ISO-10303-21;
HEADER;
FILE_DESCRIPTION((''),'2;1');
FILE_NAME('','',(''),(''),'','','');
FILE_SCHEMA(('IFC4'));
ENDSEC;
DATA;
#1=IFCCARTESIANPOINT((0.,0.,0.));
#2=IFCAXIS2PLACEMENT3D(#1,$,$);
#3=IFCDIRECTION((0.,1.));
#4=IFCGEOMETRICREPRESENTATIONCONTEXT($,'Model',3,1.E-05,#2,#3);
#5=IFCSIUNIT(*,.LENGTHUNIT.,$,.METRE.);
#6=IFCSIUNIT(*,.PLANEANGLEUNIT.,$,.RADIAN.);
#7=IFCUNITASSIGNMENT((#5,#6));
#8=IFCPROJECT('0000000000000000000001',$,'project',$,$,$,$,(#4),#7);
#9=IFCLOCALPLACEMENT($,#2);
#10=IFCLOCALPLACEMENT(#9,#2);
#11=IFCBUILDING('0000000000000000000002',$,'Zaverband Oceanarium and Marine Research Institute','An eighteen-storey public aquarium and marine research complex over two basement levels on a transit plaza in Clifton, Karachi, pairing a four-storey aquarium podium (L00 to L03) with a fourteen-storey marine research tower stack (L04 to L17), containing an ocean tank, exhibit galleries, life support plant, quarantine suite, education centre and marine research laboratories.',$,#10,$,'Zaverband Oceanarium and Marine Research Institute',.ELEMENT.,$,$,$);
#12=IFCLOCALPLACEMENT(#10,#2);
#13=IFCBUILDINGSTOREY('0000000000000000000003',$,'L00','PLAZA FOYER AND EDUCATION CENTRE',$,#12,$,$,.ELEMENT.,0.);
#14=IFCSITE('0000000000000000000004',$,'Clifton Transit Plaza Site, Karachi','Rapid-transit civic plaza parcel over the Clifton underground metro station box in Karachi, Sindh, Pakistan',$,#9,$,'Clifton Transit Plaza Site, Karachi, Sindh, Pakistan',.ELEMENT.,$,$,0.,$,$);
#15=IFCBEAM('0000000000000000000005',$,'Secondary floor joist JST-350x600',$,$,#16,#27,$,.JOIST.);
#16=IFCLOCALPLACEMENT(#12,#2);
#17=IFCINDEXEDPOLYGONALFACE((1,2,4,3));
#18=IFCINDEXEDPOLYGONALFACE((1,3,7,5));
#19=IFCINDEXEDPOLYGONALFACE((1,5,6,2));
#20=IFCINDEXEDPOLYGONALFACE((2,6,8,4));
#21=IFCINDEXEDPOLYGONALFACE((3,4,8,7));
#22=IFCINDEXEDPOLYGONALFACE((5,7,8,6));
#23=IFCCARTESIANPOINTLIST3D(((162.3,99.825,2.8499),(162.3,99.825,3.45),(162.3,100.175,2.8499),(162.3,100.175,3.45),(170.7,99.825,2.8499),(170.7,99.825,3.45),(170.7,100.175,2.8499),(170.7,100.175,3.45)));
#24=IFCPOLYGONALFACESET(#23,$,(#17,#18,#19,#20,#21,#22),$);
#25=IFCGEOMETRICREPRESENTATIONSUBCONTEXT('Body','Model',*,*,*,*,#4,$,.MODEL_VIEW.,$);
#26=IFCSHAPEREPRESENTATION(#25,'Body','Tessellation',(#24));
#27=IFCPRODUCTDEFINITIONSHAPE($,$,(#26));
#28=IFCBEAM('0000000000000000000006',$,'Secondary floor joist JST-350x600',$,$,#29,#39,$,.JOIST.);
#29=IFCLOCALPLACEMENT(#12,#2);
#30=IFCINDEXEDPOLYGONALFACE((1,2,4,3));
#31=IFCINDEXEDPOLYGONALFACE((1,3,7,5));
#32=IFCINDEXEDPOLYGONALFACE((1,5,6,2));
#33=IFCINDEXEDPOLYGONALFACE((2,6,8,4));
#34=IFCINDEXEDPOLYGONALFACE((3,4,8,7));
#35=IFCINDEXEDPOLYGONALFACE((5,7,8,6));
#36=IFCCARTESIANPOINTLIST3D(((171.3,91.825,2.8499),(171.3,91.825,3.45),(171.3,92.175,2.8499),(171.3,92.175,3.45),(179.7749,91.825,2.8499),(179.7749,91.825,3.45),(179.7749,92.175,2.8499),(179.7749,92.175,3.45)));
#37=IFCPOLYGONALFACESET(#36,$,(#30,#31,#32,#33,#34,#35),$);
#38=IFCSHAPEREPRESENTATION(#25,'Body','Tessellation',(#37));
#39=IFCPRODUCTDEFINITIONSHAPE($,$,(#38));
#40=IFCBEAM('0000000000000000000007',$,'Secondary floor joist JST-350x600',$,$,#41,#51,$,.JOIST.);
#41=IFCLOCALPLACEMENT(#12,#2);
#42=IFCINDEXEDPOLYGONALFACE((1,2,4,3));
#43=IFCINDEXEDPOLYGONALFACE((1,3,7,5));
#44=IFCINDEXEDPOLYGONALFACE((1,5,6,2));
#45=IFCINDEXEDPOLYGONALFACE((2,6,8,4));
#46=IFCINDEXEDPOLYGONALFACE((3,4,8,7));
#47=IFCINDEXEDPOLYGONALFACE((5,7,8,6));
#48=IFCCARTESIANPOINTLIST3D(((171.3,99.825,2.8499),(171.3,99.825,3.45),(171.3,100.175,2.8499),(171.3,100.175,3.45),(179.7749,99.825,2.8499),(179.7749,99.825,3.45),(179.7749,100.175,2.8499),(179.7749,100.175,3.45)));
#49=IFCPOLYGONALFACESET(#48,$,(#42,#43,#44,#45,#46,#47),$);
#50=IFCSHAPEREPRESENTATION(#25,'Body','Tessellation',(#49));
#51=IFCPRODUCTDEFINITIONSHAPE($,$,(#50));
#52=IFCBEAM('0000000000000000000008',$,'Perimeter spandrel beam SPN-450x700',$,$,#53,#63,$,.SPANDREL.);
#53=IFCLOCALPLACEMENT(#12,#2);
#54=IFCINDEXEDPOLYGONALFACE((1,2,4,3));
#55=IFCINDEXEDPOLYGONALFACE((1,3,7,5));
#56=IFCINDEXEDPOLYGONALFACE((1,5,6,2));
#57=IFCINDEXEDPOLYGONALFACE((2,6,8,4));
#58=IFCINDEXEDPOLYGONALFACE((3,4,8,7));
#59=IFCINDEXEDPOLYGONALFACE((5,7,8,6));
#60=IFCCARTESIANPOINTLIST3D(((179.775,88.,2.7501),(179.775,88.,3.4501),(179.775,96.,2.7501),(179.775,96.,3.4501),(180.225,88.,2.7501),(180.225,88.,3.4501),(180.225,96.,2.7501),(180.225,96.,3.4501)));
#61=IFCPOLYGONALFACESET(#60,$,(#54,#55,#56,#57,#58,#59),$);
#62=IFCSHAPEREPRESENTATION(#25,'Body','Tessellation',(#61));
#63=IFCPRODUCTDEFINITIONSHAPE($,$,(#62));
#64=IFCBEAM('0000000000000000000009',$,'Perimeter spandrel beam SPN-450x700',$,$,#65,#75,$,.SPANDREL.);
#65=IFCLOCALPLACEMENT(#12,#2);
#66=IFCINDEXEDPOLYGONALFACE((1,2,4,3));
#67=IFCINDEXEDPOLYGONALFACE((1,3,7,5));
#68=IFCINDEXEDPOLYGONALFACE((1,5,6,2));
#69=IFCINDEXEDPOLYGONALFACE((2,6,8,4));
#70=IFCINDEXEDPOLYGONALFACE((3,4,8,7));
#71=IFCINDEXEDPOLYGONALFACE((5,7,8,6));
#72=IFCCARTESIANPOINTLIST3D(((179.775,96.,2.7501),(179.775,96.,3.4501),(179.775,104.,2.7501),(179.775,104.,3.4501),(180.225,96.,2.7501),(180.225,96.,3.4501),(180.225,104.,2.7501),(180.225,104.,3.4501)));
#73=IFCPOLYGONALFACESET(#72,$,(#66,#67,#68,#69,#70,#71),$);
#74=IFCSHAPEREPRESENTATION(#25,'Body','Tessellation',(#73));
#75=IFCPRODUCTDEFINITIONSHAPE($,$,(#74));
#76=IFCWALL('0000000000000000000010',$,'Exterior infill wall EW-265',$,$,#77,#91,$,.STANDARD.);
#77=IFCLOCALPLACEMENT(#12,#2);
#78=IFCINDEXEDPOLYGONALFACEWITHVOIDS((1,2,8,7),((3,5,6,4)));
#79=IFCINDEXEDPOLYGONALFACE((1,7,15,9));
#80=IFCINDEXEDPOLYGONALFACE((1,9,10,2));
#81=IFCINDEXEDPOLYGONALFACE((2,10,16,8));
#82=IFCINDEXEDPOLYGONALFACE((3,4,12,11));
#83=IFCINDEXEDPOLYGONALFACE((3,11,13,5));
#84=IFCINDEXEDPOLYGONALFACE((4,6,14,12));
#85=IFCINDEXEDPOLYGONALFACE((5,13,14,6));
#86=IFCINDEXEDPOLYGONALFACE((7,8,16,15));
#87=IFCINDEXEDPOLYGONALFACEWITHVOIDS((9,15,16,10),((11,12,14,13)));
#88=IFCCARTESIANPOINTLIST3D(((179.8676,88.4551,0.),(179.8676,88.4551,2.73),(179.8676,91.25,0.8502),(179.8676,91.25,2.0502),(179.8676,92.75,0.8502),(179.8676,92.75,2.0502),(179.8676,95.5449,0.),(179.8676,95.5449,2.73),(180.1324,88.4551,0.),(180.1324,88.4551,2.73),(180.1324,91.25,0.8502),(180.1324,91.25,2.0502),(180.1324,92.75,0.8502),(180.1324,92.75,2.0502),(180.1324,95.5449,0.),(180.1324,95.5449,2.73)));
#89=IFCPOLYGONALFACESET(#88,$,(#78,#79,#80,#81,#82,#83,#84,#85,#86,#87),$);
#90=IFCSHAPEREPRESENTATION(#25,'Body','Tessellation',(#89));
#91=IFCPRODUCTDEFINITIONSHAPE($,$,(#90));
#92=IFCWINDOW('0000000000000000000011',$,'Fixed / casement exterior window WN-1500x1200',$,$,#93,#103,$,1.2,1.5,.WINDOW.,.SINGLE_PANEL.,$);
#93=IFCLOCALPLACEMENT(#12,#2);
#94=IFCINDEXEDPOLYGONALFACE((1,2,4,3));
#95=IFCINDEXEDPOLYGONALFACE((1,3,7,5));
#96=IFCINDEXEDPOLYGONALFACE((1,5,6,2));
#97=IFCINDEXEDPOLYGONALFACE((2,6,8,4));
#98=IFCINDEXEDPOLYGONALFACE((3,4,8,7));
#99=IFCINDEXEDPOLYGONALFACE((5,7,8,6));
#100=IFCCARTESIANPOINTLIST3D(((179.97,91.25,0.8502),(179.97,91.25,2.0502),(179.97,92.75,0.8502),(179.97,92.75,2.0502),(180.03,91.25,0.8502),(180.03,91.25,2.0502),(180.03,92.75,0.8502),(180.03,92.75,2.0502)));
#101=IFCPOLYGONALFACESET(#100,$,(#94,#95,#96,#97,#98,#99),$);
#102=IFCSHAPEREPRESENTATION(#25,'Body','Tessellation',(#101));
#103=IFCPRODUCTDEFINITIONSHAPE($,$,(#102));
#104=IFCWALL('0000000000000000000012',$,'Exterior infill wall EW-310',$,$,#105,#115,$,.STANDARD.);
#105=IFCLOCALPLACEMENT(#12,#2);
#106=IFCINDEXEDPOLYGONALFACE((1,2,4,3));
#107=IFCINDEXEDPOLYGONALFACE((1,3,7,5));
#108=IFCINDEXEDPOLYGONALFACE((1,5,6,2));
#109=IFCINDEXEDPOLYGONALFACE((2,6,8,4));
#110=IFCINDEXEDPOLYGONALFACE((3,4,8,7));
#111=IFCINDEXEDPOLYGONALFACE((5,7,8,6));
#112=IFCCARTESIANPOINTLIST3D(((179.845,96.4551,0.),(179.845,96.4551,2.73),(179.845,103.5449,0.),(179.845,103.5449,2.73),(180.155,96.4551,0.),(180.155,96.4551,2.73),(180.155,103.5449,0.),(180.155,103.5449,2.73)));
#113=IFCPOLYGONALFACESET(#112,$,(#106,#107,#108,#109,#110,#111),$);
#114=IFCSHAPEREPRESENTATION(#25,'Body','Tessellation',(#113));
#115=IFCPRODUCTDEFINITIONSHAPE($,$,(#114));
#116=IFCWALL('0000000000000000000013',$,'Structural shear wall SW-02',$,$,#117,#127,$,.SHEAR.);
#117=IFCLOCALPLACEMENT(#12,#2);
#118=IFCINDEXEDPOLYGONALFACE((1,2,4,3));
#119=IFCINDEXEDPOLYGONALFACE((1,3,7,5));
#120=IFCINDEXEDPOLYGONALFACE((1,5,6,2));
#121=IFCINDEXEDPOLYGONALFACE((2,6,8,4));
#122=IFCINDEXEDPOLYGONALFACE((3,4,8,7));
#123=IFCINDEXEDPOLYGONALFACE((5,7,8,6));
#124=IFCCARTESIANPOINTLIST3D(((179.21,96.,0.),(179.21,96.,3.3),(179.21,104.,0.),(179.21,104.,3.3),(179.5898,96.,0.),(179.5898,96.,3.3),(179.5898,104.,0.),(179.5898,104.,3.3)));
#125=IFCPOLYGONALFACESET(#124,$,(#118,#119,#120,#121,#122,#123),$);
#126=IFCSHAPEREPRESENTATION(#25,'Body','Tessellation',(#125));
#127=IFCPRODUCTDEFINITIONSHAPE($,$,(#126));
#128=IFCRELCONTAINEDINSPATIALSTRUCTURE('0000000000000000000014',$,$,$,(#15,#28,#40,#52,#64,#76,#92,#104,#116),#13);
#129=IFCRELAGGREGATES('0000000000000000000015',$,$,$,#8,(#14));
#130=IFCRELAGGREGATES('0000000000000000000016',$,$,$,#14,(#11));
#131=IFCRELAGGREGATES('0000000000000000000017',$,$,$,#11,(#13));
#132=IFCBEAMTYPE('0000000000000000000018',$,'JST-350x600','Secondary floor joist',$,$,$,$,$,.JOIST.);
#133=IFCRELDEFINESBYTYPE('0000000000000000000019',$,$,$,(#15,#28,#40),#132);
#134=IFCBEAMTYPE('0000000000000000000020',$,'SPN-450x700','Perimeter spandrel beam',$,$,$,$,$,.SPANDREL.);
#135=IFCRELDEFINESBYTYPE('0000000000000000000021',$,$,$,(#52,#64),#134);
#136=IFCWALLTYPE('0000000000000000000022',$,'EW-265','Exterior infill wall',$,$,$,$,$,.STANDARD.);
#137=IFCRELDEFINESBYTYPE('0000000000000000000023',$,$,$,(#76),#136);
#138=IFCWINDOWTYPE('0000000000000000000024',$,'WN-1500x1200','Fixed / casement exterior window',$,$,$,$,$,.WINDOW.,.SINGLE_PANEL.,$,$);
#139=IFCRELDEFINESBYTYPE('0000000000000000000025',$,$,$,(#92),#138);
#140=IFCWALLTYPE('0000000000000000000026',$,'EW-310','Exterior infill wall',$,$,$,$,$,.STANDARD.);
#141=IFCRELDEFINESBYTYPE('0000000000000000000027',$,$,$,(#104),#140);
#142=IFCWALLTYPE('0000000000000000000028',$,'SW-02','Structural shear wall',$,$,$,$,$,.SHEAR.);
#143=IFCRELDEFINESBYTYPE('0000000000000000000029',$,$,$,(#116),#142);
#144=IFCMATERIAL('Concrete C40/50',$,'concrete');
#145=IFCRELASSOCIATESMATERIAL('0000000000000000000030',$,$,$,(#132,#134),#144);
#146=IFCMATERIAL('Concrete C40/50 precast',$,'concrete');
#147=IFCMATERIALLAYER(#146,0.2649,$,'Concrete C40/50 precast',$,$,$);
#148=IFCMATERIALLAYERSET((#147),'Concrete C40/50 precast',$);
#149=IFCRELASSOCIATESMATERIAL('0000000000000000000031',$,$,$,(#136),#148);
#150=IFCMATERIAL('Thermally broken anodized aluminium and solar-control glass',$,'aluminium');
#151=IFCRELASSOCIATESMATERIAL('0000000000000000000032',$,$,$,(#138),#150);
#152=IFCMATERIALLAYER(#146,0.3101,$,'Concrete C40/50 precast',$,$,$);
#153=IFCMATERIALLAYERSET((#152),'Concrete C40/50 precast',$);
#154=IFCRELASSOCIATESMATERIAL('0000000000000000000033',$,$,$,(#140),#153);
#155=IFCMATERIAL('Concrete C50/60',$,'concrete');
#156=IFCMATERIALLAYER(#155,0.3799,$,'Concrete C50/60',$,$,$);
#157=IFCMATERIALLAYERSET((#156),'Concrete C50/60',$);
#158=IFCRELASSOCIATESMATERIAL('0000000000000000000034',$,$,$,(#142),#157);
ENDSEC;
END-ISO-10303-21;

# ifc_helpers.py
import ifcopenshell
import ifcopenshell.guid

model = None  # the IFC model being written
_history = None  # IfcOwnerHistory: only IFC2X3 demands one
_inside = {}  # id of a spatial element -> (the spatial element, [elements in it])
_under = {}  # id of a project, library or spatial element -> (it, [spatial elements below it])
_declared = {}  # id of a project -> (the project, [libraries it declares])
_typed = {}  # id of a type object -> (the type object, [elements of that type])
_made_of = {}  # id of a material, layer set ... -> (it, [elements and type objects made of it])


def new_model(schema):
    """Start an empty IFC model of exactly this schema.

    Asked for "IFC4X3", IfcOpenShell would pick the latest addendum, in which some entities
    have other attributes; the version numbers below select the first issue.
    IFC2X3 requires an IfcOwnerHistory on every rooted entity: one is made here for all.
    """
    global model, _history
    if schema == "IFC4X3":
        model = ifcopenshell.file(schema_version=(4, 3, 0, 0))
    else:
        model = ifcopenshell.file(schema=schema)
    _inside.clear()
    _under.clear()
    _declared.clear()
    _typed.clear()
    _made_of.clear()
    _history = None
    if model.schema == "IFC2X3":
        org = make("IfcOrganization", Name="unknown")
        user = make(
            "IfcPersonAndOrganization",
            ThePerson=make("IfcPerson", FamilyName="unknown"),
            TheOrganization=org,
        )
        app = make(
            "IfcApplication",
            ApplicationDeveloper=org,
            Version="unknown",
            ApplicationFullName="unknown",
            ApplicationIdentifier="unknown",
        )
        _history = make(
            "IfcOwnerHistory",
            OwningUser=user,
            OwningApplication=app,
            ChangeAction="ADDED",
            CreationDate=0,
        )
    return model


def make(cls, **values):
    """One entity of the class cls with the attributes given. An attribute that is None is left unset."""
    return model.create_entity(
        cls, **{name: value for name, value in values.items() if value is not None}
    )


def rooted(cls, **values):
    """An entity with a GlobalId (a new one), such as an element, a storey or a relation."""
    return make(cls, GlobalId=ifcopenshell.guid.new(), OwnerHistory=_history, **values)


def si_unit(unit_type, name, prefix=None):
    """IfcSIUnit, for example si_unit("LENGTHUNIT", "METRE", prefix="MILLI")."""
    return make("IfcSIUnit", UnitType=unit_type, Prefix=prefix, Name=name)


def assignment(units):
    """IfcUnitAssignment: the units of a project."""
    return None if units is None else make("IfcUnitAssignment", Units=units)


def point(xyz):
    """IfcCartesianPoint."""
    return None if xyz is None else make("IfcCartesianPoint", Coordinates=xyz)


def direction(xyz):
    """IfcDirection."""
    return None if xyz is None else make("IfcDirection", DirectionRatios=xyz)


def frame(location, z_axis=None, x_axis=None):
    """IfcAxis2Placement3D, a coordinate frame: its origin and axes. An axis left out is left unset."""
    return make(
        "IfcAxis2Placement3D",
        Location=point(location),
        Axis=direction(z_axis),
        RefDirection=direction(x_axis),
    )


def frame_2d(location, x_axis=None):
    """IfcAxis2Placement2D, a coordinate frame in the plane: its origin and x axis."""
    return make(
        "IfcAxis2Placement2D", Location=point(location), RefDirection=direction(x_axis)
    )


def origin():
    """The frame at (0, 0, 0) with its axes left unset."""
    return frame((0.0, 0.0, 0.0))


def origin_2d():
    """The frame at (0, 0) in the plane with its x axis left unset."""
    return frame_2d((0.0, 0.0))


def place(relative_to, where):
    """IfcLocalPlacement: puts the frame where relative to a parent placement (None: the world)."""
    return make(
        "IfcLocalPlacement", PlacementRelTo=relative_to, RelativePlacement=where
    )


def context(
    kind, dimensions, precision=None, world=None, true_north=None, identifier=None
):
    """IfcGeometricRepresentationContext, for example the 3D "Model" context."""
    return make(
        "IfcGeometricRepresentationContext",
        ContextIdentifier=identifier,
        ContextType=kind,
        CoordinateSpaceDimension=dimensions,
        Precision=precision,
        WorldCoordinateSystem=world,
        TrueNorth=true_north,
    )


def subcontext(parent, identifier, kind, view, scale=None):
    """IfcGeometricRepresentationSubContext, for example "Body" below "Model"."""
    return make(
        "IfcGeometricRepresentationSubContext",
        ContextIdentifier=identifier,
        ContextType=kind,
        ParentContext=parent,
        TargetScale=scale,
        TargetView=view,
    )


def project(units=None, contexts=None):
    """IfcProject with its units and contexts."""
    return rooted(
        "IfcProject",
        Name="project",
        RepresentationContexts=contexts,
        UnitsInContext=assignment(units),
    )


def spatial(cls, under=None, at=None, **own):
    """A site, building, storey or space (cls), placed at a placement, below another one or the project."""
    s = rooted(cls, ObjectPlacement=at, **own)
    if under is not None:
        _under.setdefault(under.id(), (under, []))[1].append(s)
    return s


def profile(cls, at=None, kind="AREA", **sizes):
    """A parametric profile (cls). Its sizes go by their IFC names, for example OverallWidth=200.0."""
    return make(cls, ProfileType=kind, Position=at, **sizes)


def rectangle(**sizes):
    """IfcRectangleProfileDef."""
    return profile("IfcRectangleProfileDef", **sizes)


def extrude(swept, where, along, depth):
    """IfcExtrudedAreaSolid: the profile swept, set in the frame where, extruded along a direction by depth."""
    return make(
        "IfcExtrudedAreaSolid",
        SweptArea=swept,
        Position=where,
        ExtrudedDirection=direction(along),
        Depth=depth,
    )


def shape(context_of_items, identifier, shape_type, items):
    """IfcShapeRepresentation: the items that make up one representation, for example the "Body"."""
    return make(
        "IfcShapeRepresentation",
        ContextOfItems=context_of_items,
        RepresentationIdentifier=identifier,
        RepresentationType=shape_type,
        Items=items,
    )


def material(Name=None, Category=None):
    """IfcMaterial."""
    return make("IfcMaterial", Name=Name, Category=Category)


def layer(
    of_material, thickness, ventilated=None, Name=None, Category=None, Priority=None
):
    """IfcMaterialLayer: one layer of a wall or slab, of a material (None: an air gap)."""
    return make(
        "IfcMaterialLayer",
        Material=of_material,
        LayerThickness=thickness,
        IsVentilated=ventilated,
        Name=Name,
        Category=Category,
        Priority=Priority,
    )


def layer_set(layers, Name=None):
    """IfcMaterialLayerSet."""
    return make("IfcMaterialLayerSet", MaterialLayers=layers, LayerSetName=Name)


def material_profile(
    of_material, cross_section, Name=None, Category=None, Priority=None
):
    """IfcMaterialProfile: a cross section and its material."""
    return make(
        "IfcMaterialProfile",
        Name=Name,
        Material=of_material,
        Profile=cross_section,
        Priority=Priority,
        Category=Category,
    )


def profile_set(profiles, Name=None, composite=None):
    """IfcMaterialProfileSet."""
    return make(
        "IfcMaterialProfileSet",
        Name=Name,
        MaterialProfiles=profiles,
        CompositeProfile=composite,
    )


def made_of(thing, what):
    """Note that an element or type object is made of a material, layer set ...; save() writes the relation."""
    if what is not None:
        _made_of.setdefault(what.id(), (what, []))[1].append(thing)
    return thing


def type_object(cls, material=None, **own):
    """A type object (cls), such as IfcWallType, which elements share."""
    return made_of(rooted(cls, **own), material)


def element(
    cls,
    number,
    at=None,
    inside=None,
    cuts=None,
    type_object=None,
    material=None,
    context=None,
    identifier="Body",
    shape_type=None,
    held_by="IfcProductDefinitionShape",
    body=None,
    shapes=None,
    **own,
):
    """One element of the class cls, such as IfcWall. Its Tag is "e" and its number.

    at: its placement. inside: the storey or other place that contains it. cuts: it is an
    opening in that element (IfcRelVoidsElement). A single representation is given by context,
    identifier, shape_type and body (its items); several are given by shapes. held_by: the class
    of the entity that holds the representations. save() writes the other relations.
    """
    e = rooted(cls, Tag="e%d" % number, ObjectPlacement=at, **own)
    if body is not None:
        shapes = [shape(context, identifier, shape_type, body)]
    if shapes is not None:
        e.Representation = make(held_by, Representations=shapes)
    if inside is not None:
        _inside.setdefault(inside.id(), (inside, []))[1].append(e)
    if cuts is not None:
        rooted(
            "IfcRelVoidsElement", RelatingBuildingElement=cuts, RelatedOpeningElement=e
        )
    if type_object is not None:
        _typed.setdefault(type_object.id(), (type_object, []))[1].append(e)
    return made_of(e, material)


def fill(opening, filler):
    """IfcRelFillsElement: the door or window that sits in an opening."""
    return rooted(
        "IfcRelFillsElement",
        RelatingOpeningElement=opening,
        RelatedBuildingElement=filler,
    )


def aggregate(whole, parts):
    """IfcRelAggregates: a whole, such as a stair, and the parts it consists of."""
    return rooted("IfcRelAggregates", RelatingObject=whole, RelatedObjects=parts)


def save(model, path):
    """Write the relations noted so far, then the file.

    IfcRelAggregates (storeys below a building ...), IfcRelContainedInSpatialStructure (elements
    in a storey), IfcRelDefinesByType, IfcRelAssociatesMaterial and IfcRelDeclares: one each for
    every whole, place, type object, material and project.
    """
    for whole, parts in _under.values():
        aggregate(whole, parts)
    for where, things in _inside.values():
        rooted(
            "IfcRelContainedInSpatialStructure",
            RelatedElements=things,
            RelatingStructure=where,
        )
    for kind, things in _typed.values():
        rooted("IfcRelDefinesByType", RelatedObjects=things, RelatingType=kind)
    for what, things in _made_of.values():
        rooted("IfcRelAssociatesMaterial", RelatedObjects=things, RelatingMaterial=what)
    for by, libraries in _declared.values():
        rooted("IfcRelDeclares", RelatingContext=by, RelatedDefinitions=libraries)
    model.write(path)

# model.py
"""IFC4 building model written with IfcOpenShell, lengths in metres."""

from ifc_helpers import new_model, si_unit, direction, frame, frame_2d, origin, origin_2d, place, context, subcontext, project, spatial, rectangle, extrude, material, layer, layer_set, material_profile, profile_set, type_object, element, fill, save


model = new_model("IFC4")

# Units and contexts
model_context = context("Model", 3, precision=1e-05, world=origin(), true_north=direction((0.0, 1.0)))
body_context = subcontext(model_context, "Body", "Model", "MODEL_VIEW")
ifc_project = project(units=[si_unit("LENGTHUNIT", "METRE"), si_unit("PLANEANGLEUNIT", "RADIAN")], contexts=[model_context])

# Site, building, storey
site_placement = place(None, origin())
site = spatial("IfcSite", under=ifc_project, at=site_placement, Name="Clifton Transit Plaza Site, Karachi", Description="Rapid-transit civic plaza parcel over the Clifton underground metro station box in Karachi, Sindh, Pakistan", LongName="Clifton Transit Plaza Site, Karachi, Sindh, Pakistan", CompositionType="ELEMENT", RefElevation=0.0)
building_placement = place(site_placement, origin())
building = spatial("IfcBuilding", under=site, at=building_placement, Name="Zaverband Oceanarium and Marine Research Institute", Description="An eighteen-storey public aquarium and marine research complex over two basement levels on a transit plaza in Clifton, Karachi, pairing a four-storey aquarium podium (L00 to L03) with a fourteen-storey marine research tower stack (L04 to L17), containing an ocean tank, exhibit galleries, life support plant, quarantine suite, education centre and marine research laboratories.", LongName="Zaverband Oceanarium and Marine Research Institute", CompositionType="ELEMENT")
storey_placement = place(building_placement, origin())
storey = spatial("IfcBuildingStorey", under=building, at=storey_placement, Name="L00", Description="PLAZA FOYER AND EDUCATION CENTRE", CompositionType="ELEMENT", Elevation=0.0)

# Shared definitions
ifc_material_1 = material(Name="Concrete C50/60", Category="concrete")

# Beams
ifc_material_2 = material(Name="Concrete C40/50", Category="concrete")
ifc_material_profile_1 = material_profile(ifc_material_2, rectangle(XDim=0.3501, YDim=0.6001, at=origin_2d()), Name="RC350x600")
ifc_profile_set_1 = profile_set([ifc_material_profile_1], Name="Concrete C40/50")
beam_type_1 = type_object("IfcBeamType", Name="JST-350x600", Description="Secondary floor joist", PredefinedType="JOIST", material=ifc_profile_set_1)
for number, where, z_axis, x_axis, name in (
    (1, (162.3, 100.0, 3.1499), (1.0, 0.0, 0.0), (0.0, 1.0, 0.0), "Secondary floor joist JST-350x600"),
):
    element("IfcBeam", number, at=place(storey_placement, frame(where, z_axis=z_axis, x_axis=x_axis)), inside=storey, type_object=beam_type_1, Name=name, PredefinedType="JOIST", context=body_context, shape_type="SweptSolid", body=[
        extrude(rectangle(XDim=0.3501, YDim=0.6001, at=origin_2d()), origin(), (0.0, 0.0, 1.0), 8.3999),
    ])
for number, where, z_axis, x_axis, name in (
    (2, (171.3, 92.0, 3.1499), (1.0, 0.0, 0.0), (0.0, 1.0, 0.0), "Secondary floor joist JST-350x600"),
    (3, (171.3, 100.0, 3.1499), (1.0, 0.0, 0.0), (0.0, 1.0, 0.0), "Secondary floor joist JST-350x600"),
):
    element("IfcBeam", number, at=place(storey_placement, frame(where, z_axis=z_axis, x_axis=x_axis)), inside=storey, type_object=beam_type_1, Name=name, PredefinedType="JOIST", context=body_context, shape_type="SweptSolid", body=[
        extrude(rectangle(XDim=0.3501, YDim=0.6001, at=origin_2d()), origin(), (0.0, 0.0, 1.0), 8.4749),
    ])
ifc_material_profile_2 = material_profile(ifc_material_2, rectangle(XDim=0.45, YDim=0.7, at=origin_2d()), Name="RC450x700")
ifc_profile_set_2 = profile_set([ifc_material_profile_2], Name="Concrete C40/50")
beam_type_2 = type_object("IfcBeamType", Name="SPN-450x700", Description="Perimeter spandrel beam", PredefinedType="SPANDREL", material=ifc_profile_set_2)
for number, where, z_axis, x_axis, name in (
    (4, (180.0, 88.0, 3.1001), (0.0, 1.0, 0.0), (-1.0, 0.0, 0.0), "Perimeter spandrel beam SPN-450x700"),
    (5, (180.0, 96.0, 3.1001), (0.0, 1.0, 0.0), (-1.0, 0.0, 0.0), "Perimeter spandrel beam SPN-450x700"),
):
    element("IfcBeam", number, at=place(storey_placement, frame(where, z_axis=z_axis, x_axis=x_axis)), inside=storey, type_object=beam_type_2, Name=name, PredefinedType="SPANDREL", context=body_context, shape_type="SweptSolid", body=[
        extrude(rectangle(XDim=0.45, YDim=0.7, at=origin_2d()), origin(), (0.0, 0.0, 1.0), 8.0),
    ])

# Wall, opening, window
ifc_material_3 = material(Name="Concrete C40/50 precast", Category="concrete")
ifc_layer_1 = layer(ifc_material_3, 0.2649, Name="Concrete C40/50 precast")
ifc_layer_set_1 = layer_set([ifc_layer_1], Name="Concrete C40/50 precast")
wall_type_1 = type_object("IfcWallType", Name="EW-265", Description="Exterior infill wall", PredefinedType="STANDARD", material=ifc_layer_set_1)
wall_1_placement = place(storey_placement, frame((180.0, 88.4551, 0.0), z_axis=(0.0, 0.0, 1.0), x_axis=(0.0, 1.0, 0.0)))
wall_1 = element("IfcWall", 6, at=wall_1_placement, inside=storey, type_object=wall_type_1, Name="Exterior infill wall EW-265", PredefinedType="STANDARD", context=body_context, shape_type="SweptSolid", body=[
    extrude(rectangle(XDim=7.0898, YDim=0.2649, at=frame_2d((3.5449, 0.0))), origin(), (0.0, 0.0, 1.0), 2.73),
])
opening_placement = place(wall_1_placement, frame((2.7949, 0.0, 0.8501)))
opening = element("IfcOpeningElement", 7, at=opening_placement, cuts=wall_1, PredefinedType="OPENING", context=body_context, shape_type="SweptSolid", body=[
    extrude(rectangle(XDim=1.5, YDim=1.2, at=frame_2d((0.75, 0.6001))), frame((0.0, 0.1445, 0.0), z_axis=(0.0, -1.0, 0.0), x_axis=(1.0, 0.0, 0.0)), (0.0, 0.0, 1.0), 0.2888),
])
ifc_material_4 = material(Name="Thermally broken anodized aluminium and solar-control glass", Category="aluminium")
window_type = type_object("IfcWindowType", Name="WN-1500x1200", Description="Fixed / casement exterior window", PartitioningType="SINGLE_PANEL", PredefinedType="WINDOW", material=ifc_material_4)
window_placement = place(opening_placement, origin())
window = element("IfcWindow", 8, at=window_placement, inside=storey, type_object=window_type, Name="Fixed / casement exterior window WN-1500x1200", OverallHeight=1.2, OverallWidth=1.5, PartitioningType="SINGLE_PANEL", PredefinedType="WINDOW", context=body_context, shape_type="SweptSolid", body=[
    extrude(rectangle(XDim=1.5, YDim=1.2, at=frame_2d((0.75, 0.6001))), frame((0.0, 0.03, 0.0), z_axis=(0.0, -1.0, 0.0), x_axis=(1.0, 0.0, 0.0)), (0.0, 0.0, 1.0), 0.0601),
])
fill(opening, window)

# Walls
ifc_layer_2 = layer(ifc_material_3, 0.3101, Name="Concrete C40/50 precast")
ifc_layer_set_2 = layer_set([ifc_layer_2], Name="Concrete C40/50 precast")
wall_type_2 = type_object("IfcWallType", Name="EW-310", Description="Exterior infill wall", PredefinedType="STANDARD", material=ifc_layer_set_2)
wall_2_placement = place(storey_placement, frame((180.0, 96.4551, 0.0), z_axis=(0.0, 0.0, 1.0), x_axis=(0.0, 1.0, 0.0)))
element("IfcWall", 9, at=wall_2_placement, inside=storey, type_object=wall_type_2, Name="Exterior infill wall EW-310", PredefinedType="STANDARD", context=body_context, shape_type="SweptSolid", body=[
    extrude(rectangle(XDim=7.0898, YDim=0.3101, at=frame_2d((3.5449, 0.0))), origin(), (0.0, 0.0, 1.0), 2.73),
])
ifc_layer_3 = layer(ifc_material_1, 0.3799, Name="Concrete C50/60")
ifc_layer_set_3 = layer_set([ifc_layer_3], Name="Concrete C50/60")
wall_type_3 = type_object("IfcWallType", Name="SW-02", Description="Structural shear wall", PredefinedType="SHEAR", material=ifc_layer_set_3)
wall_3_placement = place(storey_placement, frame((179.3999, 96.0, 0.0), z_axis=(0.0, 0.0, 1.0), x_axis=(0.0, 1.0, 0.0)))
element("IfcWall", 10, at=wall_3_placement, inside=storey, type_object=wall_type_3, Name="Structural shear wall SW-02", PredefinedType="SHEAR", context=body_context, shape_type="SweptSolid", body=[
    extrude(rectangle(XDim=8.0, YDim=0.3799, at=frame_2d((4.0, 0.0))), origin(), (0.0, 0.0, 1.0), 3.3),
])

save(model, "model.ifc")
